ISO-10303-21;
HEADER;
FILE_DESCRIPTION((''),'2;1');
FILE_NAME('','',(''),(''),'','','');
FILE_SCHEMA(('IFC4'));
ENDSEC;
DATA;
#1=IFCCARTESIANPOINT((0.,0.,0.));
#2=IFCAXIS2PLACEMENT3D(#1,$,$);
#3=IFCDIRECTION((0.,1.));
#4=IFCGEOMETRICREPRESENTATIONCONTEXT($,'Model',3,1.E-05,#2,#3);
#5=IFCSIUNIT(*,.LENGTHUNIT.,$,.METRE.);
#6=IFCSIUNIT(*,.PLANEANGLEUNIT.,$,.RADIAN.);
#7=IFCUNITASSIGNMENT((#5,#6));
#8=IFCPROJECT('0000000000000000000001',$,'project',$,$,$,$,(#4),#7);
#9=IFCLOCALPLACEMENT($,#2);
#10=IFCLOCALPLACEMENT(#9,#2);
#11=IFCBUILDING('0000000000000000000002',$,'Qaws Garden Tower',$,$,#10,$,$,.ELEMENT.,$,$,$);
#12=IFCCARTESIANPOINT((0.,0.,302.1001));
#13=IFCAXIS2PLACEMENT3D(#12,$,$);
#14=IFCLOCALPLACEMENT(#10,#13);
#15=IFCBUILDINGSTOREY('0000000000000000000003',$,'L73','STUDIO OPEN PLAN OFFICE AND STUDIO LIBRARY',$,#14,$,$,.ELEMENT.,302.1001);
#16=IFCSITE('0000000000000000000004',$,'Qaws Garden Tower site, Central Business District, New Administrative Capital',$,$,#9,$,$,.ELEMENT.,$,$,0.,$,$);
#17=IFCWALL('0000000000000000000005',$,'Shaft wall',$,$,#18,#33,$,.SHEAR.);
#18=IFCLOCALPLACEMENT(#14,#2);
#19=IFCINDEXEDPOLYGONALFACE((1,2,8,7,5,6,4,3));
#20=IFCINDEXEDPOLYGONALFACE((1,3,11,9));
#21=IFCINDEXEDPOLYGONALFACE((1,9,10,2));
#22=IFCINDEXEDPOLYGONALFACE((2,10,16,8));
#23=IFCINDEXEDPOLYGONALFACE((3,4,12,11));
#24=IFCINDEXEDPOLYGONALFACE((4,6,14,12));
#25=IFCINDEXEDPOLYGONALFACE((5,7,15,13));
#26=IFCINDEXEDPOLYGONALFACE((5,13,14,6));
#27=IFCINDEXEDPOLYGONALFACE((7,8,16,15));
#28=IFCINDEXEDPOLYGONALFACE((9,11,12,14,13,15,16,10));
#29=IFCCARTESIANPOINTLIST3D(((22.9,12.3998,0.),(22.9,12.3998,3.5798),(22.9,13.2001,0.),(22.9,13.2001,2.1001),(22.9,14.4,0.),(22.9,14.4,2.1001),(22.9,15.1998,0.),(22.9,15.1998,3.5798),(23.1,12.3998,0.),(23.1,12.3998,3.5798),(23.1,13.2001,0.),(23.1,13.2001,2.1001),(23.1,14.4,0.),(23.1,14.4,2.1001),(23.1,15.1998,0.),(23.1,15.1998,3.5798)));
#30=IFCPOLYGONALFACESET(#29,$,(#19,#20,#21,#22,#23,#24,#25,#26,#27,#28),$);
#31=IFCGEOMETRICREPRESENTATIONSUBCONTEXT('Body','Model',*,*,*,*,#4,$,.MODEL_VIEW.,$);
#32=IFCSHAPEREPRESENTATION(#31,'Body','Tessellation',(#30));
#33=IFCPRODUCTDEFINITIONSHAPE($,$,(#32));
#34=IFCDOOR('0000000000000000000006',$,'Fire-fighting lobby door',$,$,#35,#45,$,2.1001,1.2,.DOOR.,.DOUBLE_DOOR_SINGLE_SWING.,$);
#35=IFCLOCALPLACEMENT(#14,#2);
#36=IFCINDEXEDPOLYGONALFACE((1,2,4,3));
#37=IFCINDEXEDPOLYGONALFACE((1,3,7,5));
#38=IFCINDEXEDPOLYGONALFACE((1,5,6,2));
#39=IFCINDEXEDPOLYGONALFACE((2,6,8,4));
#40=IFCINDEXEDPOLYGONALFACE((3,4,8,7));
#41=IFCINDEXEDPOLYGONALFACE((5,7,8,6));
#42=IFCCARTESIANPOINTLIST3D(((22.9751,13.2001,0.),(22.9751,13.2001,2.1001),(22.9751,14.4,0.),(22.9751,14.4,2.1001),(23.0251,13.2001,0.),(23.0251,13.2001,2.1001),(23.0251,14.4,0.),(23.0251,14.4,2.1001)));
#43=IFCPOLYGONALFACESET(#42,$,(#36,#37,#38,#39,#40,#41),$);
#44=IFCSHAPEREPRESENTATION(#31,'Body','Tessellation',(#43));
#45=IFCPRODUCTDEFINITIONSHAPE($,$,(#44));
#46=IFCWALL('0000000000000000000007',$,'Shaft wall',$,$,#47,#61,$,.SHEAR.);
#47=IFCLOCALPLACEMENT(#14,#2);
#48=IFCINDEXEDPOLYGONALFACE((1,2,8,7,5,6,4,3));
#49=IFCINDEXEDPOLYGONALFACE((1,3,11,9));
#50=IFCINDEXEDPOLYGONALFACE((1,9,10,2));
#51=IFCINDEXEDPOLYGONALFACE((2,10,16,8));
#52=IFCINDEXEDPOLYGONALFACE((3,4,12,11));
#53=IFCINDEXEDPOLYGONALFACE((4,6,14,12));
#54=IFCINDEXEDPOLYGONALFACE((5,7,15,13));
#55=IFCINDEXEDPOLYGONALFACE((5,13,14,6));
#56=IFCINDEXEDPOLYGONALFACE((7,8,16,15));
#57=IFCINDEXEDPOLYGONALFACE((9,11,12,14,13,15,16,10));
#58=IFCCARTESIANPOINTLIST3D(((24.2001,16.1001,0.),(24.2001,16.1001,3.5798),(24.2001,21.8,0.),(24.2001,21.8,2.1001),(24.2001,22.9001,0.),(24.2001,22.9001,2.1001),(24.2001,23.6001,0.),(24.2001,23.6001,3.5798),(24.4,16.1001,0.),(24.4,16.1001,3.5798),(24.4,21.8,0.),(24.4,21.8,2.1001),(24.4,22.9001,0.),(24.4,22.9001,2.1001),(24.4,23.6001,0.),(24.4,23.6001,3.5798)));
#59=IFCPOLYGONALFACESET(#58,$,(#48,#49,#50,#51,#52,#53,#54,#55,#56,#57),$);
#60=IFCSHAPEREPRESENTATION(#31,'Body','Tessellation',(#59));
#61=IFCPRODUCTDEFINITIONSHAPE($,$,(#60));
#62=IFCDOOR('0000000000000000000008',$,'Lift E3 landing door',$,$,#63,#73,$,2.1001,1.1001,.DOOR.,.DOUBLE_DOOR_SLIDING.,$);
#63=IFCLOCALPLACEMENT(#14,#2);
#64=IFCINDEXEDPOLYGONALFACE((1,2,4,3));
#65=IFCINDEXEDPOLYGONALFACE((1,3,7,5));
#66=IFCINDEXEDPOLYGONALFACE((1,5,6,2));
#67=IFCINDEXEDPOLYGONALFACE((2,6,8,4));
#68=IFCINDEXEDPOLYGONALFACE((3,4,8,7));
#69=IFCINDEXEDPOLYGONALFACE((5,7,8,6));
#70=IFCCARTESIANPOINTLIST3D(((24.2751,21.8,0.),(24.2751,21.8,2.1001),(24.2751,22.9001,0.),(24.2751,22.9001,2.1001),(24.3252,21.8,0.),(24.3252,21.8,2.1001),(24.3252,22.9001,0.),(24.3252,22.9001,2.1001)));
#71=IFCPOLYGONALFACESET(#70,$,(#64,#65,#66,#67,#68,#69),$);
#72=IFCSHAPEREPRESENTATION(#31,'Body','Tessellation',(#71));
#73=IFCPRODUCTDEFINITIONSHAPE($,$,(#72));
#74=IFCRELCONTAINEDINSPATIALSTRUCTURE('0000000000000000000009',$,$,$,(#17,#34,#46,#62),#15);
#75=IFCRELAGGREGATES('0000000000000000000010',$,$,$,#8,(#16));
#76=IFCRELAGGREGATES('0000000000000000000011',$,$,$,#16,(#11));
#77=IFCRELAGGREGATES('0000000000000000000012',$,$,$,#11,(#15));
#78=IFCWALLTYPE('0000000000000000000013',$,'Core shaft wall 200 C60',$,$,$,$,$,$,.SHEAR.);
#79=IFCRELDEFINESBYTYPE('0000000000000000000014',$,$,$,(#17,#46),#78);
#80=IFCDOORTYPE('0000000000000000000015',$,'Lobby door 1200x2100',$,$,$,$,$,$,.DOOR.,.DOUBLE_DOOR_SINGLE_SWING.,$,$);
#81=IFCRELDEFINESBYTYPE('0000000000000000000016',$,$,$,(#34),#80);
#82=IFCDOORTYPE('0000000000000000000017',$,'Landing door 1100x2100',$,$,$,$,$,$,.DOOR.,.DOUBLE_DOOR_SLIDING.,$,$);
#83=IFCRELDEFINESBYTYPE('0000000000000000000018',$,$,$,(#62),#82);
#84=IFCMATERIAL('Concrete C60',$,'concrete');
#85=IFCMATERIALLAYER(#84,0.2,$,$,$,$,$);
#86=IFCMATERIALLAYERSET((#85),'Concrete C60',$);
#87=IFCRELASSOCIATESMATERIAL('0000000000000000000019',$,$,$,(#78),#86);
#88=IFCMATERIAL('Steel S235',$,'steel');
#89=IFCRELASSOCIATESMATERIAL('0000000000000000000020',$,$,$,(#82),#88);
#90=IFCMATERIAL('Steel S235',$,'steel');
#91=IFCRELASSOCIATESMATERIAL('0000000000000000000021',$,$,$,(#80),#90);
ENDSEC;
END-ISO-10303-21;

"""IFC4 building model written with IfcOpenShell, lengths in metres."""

from ifc_helpers import new_model, si_unit, direction, frame, frame_2d, origin, place, context, subcontext, project, spatial, rectangle, extrude, material, layer, layer_set, type_object, element, fill, save


model = new_model("IFC4")

# Units and contexts
model_context = context("Model", 3, precision=1e-05, world=origin(), true_north=direction((0.0, 1.0)))
body_context = subcontext(model_context, "Body", "Model", "MODEL_VIEW")
ifc_project = project(units=[si_unit("LENGTHUNIT", "METRE"), si_unit("PLANEANGLEUNIT", "RADIAN")], contexts=[model_context])

# Site, building, storey
site_placement = place(None, origin())
site = spatial("IfcSite", under=ifc_project, at=site_placement, Name="Qaws Garden Tower site, Central Business District, New Administrative Capital", CompositionType="ELEMENT", RefElevation=0.0)
building_placement = place(site_placement, origin())
building = spatial("IfcBuilding", under=site, at=building_placement, Name="Qaws Garden Tower", CompositionType="ELEMENT")
storey_placement = place(building_placement, frame((0.0, 0.0, 302.1001)))
storey = spatial("IfcBuildingStorey", under=building, at=storey_placement, Name="L73", Description="STUDIO OPEN PLAN OFFICE AND STUDIO LIBRARY", CompositionType="ELEMENT", Elevation=302.1001)

# Shared definitions
ifc_material_1 = material(Name="Concrete C60", Category="concrete")
ifc_layer_1 = layer(ifc_material_1, 0.2)
ifc_layer_set_1 = layer_set([ifc_layer_1], Name="Concrete C60")
wall_type_1 = type_object("IfcWallType", Name="Core shaft wall 200 C60", PredefinedType="SHEAR", material=ifc_layer_set_1)
ifc_material_2 = material(Name="Steel S235", Category="steel")
door_type_1 = type_object("IfcDoorType", Name="Landing door 1100x2100", OperationType="DOUBLE_DOOR_SLIDING", PredefinedType="DOOR", material=ifc_material_2)

# Walls, openings, doors
wall_1_placement = place(storey_placement, frame((23.0, 12.3999, 0.0), z_axis=(0.0, 0.0, 1.0), x_axis=(0.0, 1.0, 0.0)))
wall_1 = element("IfcWall", 1, at=wall_1_placement, inside=storey, type_object=wall_type_1, Name="Shaft wall", PredefinedType="SHEAR", context=body_context, shape_type="SweptSolid", body=[
    extrude(rectangle(XDim=2.8, YDim=0.2, at=frame_2d((1.3999, 0.0))), origin(), (0.0, 0.0, 1.0), 3.5798),
])
opening_1_placement = place(wall_1_placement, frame((0.8, 0.0, 0.0)))
opening_1 = element("IfcOpeningElement", 2, at=opening_1_placement, cuts=wall_1, PredefinedType="OPENING", context=body_context, shape_type="SweptSolid", body=[
    extrude(rectangle(XDim=1.2, YDim=2.1001, at=frame_2d((0.6001, 1.05))), frame((0.0, 0.1099, 0.0), z_axis=(0.0, -1.0, 0.0), x_axis=(1.0, 0.0, 0.0)), (0.0, 0.0, 1.0), 0.22),
])
ifc_material_3 = material(Name="Steel S235", Category="steel")
door_type_2 = type_object("IfcDoorType", Name="Lobby door 1200x2100", OperationType="DOUBLE_DOOR_SINGLE_SWING", PredefinedType="DOOR", material=ifc_material_3)
door_1_placement = place(opening_1_placement, origin())
door_1 = element("IfcDoor", 3, at=door_1_placement, inside=storey, type_object=door_type_2, Name="Fire-fighting lobby door", OperationType="DOUBLE_DOOR_SINGLE_SWING", OverallHeight=2.1001, OverallWidth=1.2, PredefinedType="DOOR", context=body_context, shape_type="SweptSolid", body=[
    extrude(rectangle(XDim=1.2, YDim=2.1001, at=frame_2d((0.6001, 1.05))), frame((0.0, 0.0249, 0.0), z_axis=(0.0, -1.0, 0.0), x_axis=(1.0, 0.0, 0.0)), (0.0, 0.0, 1.0), 0.05),
])
fill(opening_1, door_1)
wall_2_placement = place(storey_placement, frame((24.3, 16.1001, 0.0), z_axis=(0.0, 0.0, 1.0), x_axis=(0.0, 1.0, 0.0)))
wall_2 = element("IfcWall", 4, at=wall_2_placement, inside=storey, type_object=wall_type_1, Name="Shaft wall", PredefinedType="SHEAR", context=body_context, shape_type="SweptSolid", body=[
    extrude(rectangle(XDim=7.5, YDim=0.2, at=frame_2d((3.75, 0.0))), origin(), (0.0, 0.0, 1.0), 3.5798),
])
opening_2_placement = place(wall_2_placement, frame((5.7, 0.0, 0.0)))
opening_2 = element("IfcOpeningElement", 5, at=opening_2_placement, cuts=wall_2, PredefinedType="OPENING", context=body_context, shape_type="SweptSolid", body=[
    extrude(rectangle(XDim=1.1001, YDim=2.1001, at=frame_2d((0.55, 1.05))), frame((0.0, 0.1099, 0.0), z_axis=(0.0, -1.0, 0.0), x_axis=(1.0, 0.0, 0.0)), (0.0, 0.0, 1.0), 0.22),
])
door_2_placement = place(opening_2_placement, origin())
door_2 = element("IfcDoor", 6, at=door_2_placement, inside=storey, type_object=door_type_1, Name="Lift E3 landing door", OperationType="DOUBLE_DOOR_SLIDING", OverallHeight=2.1001, OverallWidth=1.1001, PredefinedType="DOOR", context=body_context, shape_type="SweptSolid", body=[
    extrude(rectangle(XDim=1.1001, YDim=2.1001, at=frame_2d((0.55, 1.05))), frame((0.0, 0.0249, 0.0), z_axis=(0.0, -1.0, 0.0), x_axis=(1.0, 0.0, 0.0)), (0.0, 0.0, 1.0), 0.05),
])
fill(opening_2, door_2)

save(model, "model.ifc")
